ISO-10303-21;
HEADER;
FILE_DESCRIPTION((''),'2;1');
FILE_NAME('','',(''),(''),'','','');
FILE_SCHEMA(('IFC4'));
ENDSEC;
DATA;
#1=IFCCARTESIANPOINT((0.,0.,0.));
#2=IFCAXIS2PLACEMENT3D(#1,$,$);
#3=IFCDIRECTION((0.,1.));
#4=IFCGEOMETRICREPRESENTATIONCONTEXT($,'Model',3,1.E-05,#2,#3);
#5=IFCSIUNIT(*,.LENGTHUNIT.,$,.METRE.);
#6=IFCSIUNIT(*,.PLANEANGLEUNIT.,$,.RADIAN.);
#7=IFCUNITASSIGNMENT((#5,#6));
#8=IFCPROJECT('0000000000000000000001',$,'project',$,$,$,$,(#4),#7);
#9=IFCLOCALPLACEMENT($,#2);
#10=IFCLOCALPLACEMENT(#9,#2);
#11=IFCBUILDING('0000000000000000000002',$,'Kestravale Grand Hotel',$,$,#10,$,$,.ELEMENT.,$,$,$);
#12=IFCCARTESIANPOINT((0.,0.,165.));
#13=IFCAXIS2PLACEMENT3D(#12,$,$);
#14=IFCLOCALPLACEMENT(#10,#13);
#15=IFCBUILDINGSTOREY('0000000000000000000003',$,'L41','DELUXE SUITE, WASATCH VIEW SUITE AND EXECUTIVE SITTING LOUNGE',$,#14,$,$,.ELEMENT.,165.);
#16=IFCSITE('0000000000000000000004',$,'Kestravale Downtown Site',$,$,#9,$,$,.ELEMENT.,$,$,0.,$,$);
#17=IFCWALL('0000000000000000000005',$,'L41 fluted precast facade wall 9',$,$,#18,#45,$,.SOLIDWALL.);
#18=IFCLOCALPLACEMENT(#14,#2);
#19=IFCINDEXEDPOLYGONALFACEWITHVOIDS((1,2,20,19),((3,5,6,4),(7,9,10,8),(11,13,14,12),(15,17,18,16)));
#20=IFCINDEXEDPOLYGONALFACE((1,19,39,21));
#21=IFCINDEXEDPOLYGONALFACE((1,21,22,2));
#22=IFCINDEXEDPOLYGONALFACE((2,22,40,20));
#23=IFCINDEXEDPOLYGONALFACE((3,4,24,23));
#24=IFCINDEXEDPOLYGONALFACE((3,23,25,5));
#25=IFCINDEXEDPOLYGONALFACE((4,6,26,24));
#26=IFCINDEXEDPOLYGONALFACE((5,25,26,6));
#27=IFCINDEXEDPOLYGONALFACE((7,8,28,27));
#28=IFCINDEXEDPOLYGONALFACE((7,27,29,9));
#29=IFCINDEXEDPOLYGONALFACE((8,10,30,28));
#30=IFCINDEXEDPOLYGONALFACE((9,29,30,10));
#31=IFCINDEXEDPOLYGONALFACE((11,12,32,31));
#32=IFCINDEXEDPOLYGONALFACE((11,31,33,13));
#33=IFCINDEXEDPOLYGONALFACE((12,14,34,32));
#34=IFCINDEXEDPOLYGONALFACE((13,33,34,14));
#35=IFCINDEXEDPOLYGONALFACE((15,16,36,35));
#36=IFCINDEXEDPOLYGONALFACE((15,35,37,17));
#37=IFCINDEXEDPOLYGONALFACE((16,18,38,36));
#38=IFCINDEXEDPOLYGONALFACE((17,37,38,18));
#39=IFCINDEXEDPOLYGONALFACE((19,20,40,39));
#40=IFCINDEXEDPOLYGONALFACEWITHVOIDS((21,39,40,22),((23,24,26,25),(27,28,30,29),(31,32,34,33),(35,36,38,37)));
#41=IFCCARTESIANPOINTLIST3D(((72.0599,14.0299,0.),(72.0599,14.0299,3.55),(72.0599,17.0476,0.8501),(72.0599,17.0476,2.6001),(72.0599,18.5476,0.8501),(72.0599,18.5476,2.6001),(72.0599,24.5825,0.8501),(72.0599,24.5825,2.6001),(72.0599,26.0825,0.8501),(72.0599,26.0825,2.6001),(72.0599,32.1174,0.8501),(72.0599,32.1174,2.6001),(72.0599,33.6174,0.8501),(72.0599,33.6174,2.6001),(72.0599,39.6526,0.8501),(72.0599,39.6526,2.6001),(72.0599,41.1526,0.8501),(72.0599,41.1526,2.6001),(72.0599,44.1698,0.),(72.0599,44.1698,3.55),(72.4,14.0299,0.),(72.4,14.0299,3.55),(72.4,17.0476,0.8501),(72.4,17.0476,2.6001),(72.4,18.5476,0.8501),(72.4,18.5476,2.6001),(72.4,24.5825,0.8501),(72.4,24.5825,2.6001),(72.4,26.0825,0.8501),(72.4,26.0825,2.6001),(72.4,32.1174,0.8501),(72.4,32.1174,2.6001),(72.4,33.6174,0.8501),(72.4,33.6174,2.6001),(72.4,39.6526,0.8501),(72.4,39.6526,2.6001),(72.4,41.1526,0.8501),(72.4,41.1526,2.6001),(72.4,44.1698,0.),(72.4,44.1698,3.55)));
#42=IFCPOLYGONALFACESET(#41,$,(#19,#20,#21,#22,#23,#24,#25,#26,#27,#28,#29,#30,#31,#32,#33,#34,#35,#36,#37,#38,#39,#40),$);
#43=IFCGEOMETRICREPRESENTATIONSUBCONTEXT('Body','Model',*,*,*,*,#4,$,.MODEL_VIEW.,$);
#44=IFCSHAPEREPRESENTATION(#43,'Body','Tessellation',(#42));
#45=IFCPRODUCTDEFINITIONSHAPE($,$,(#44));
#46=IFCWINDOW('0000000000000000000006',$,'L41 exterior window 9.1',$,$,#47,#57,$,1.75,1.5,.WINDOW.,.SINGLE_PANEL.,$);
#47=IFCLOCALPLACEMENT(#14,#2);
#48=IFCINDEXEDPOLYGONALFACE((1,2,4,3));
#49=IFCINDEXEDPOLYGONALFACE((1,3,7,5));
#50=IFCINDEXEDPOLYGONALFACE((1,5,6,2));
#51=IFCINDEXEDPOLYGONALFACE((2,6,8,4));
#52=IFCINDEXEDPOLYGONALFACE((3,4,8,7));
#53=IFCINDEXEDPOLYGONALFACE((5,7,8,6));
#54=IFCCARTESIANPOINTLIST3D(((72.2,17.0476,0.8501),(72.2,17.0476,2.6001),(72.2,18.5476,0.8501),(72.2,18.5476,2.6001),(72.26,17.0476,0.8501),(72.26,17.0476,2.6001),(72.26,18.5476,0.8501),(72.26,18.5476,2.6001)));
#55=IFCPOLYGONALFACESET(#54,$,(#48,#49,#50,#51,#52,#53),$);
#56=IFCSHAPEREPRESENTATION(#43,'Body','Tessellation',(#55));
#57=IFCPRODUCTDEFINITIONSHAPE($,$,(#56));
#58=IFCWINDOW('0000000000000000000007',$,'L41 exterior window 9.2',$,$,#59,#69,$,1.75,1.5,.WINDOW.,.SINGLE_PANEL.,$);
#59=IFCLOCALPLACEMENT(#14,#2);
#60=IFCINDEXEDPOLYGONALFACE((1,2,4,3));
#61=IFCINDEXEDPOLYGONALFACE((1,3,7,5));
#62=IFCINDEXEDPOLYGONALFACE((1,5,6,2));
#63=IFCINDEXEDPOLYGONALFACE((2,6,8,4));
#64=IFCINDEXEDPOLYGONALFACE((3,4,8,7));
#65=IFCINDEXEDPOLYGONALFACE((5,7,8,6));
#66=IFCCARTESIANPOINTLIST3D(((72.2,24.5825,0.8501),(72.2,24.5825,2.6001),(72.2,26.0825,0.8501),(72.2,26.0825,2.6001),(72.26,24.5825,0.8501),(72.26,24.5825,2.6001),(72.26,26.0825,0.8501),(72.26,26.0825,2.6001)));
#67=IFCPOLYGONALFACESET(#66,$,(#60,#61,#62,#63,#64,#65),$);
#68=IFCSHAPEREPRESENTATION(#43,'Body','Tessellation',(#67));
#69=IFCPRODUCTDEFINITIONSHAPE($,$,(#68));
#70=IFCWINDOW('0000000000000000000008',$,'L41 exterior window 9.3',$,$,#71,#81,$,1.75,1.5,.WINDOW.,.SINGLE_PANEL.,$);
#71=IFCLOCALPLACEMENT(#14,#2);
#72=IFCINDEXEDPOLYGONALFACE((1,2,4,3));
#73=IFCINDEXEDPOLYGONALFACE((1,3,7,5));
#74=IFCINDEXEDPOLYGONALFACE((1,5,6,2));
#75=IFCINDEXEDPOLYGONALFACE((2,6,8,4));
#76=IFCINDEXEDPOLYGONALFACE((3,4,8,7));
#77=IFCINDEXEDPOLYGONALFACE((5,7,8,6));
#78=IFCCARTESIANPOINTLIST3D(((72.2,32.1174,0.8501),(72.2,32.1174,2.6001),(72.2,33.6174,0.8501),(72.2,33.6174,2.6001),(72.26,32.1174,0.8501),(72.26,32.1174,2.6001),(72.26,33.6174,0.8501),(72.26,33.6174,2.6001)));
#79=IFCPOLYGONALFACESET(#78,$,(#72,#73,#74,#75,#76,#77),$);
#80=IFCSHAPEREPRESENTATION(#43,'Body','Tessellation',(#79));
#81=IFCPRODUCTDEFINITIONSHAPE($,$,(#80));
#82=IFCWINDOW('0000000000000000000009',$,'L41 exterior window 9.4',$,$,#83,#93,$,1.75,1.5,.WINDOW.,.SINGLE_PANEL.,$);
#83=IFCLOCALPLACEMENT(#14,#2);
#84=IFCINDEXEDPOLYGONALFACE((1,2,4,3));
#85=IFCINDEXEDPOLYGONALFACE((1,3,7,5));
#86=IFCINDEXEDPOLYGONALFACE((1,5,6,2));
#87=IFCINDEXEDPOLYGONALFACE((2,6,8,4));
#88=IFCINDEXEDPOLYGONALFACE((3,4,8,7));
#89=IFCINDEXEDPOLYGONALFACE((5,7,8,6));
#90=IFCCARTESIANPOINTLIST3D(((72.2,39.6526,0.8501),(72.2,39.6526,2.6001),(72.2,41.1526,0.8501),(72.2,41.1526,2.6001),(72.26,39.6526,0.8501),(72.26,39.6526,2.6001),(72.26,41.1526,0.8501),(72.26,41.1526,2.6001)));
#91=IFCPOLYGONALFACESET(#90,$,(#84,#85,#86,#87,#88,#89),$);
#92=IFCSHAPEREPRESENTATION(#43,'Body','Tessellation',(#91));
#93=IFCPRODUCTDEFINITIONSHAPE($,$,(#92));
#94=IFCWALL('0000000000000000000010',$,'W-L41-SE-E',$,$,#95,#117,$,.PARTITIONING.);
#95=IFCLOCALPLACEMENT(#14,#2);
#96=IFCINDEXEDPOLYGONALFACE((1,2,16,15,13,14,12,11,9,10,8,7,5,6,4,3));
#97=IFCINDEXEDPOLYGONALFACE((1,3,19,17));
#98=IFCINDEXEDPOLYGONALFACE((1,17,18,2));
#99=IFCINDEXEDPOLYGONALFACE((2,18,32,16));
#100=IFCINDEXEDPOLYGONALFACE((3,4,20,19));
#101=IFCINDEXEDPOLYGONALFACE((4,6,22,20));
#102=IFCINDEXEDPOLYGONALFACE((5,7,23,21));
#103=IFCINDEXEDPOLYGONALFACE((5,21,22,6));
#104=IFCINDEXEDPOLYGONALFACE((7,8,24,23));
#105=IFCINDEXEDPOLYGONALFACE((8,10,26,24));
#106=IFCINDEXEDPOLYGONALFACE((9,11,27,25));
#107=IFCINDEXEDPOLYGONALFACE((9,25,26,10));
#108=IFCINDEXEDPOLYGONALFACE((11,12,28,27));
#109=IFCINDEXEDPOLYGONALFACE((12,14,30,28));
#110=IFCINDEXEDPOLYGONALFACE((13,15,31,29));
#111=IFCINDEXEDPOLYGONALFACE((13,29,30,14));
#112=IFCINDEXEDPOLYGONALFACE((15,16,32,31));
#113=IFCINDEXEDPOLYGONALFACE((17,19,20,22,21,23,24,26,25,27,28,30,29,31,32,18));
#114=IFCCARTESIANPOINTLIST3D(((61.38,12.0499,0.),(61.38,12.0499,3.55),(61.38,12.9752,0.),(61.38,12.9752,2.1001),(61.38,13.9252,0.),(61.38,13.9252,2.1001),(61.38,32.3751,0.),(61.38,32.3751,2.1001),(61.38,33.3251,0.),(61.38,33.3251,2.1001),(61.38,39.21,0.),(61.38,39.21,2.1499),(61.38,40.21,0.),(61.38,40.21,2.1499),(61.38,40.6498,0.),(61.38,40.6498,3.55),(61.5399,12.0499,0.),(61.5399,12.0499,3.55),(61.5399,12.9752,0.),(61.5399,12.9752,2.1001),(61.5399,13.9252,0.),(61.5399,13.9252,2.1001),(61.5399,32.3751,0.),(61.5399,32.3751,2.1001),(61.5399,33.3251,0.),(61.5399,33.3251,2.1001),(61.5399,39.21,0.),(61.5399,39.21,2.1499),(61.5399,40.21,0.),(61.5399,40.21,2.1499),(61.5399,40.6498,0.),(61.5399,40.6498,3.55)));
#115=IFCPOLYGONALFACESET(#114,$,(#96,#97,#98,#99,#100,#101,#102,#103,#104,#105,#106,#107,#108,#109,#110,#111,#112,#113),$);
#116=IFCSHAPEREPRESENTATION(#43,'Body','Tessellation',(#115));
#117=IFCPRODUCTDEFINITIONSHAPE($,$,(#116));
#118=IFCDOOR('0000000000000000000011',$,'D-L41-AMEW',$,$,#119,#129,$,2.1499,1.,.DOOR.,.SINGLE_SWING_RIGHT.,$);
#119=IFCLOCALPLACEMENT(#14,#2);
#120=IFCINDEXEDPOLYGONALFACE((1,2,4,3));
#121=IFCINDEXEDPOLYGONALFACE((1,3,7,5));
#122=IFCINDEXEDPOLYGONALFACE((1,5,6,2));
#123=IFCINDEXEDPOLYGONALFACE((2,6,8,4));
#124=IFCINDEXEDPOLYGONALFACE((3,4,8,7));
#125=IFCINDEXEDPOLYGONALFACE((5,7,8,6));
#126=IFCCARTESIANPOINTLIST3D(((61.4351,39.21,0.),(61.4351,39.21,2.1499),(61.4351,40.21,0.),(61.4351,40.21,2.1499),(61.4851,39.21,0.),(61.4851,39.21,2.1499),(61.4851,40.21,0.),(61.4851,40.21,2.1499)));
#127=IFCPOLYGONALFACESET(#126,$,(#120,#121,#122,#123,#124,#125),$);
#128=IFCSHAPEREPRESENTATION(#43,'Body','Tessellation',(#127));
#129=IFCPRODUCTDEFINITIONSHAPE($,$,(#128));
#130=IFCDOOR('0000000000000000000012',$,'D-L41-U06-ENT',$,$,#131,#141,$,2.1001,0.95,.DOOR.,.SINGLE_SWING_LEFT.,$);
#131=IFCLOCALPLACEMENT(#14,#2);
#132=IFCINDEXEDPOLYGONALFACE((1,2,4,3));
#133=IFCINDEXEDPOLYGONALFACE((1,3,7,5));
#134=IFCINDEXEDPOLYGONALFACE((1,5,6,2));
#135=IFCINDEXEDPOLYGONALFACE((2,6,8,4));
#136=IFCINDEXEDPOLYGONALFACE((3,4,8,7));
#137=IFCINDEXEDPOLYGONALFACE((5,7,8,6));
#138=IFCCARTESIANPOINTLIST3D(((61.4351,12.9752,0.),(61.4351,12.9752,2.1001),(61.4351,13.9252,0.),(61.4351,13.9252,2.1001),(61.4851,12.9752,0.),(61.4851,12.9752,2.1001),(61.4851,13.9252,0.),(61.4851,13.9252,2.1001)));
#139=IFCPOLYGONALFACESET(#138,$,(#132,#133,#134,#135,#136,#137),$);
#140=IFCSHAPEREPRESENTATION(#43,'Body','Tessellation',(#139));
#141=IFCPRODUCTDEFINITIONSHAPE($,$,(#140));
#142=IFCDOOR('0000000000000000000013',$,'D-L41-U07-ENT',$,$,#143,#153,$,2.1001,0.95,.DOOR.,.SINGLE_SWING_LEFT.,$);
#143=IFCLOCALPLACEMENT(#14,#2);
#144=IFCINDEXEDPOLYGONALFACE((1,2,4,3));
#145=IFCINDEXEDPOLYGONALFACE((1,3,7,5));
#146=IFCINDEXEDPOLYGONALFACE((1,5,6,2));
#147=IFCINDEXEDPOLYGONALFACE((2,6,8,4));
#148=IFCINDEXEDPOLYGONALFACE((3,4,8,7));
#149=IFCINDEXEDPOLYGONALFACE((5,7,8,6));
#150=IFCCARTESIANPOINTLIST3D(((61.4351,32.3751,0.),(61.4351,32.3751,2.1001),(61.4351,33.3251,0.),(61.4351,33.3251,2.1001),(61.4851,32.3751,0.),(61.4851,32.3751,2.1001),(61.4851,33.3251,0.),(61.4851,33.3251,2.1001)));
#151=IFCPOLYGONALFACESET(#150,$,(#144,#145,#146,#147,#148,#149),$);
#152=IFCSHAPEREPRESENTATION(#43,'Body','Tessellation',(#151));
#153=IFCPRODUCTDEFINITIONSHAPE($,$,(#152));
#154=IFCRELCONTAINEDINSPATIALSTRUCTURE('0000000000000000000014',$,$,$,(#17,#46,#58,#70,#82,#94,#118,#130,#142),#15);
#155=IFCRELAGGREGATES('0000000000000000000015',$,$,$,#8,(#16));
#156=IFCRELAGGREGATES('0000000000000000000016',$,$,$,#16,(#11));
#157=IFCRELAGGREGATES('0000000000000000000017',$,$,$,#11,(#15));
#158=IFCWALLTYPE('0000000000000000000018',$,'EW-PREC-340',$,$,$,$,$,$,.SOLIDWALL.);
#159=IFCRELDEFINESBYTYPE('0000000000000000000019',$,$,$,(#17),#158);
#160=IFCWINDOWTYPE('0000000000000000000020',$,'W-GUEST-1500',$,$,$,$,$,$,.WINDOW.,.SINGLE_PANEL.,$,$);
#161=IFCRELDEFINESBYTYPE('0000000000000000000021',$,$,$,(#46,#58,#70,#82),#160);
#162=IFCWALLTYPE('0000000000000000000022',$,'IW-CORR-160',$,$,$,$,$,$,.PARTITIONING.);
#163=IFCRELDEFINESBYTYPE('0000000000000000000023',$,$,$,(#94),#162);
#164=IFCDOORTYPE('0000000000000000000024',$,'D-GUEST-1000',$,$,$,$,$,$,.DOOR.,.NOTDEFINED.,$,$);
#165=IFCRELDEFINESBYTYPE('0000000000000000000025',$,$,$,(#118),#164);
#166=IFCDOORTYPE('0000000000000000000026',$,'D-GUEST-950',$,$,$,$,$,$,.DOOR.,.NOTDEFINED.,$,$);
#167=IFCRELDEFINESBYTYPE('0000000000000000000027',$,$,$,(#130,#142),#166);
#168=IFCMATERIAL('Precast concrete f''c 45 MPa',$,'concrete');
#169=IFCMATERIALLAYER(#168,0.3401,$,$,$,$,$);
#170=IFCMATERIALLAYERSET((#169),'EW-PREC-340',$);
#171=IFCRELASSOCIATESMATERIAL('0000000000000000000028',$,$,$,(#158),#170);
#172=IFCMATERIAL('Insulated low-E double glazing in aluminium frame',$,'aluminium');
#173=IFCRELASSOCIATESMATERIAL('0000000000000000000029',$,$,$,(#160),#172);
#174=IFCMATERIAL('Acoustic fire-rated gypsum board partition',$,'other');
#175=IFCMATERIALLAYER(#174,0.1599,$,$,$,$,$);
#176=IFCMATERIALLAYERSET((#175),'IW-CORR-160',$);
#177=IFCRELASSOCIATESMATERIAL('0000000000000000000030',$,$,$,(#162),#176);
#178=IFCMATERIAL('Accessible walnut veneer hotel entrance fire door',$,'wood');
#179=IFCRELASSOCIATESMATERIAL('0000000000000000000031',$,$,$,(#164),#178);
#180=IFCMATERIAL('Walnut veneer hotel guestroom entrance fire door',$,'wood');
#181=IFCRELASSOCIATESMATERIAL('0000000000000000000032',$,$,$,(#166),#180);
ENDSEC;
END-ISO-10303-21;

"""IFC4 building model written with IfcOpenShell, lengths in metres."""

from ifc_helpers import new_model, si_unit, direction, frame, frame_2d, origin, place, context, subcontext, project, spatial, rectangle, extrude, material, layer, layer_set, type_object, element, fill, save


model = new_model("IFC4")

# Units and contexts
model_context = context("Model", 3, precision=1e-05, world=origin(), true_north=direction((0.0, 1.0)))
body_context = subcontext(model_context, "Body", "Model", "MODEL_VIEW")
ifc_project = project(units=[si_unit("LENGTHUNIT", "METRE"), si_unit("PLANEANGLEUNIT", "RADIAN")], contexts=[model_context])

# Site, building, storey
site_placement = place(None, origin())
site = spatial("IfcSite", under=ifc_project, at=site_placement, Name="Kestravale Downtown Site", CompositionType="ELEMENT", RefElevation=0.0)
building_placement = place(site_placement, origin())
building = spatial("IfcBuilding", under=site, at=building_placement, Name="Kestravale Grand Hotel", CompositionType="ELEMENT")
storey_placement = place(building_placement, frame((0.0, 0.0, 165.0)))
storey = spatial("IfcBuildingStorey", under=building, at=storey_placement, Name="L41", Description="DELUXE SUITE, WASATCH VIEW SUITE AND EXECUTIVE SITTING LOUNGE", CompositionType="ELEMENT", Elevation=165.0)

# Shared definitions
ifc_material_1 = material(Name="Precast concrete f'c 45 MPa", Category="concrete")
ifc_layer_1 = layer(ifc_material_1, 0.3401)
ifc_layer_set_1 = layer_set([ifc_layer_1], Name="EW-PREC-340")
wall_type_1 = type_object("IfcWallType", Name="EW-PREC-340", PredefinedType="SOLIDWALL", material=ifc_layer_set_1)
ifc_material_2 = material(Name="Insulated low-E double glazing in aluminium frame", Category="aluminium")
window_type = type_object("IfcWindowType", Name="W-GUEST-1500", PartitioningType="SINGLE_PANEL", PredefinedType="WINDOW", material=ifc_material_2)

# Wall, openings, windows
wall_1_placement = place(storey_placement, frame((72.23, 14.03, 0.0), z_axis=(0.0, 0.0, 1.0), x_axis=(0.0, 1.0, 0.0)))
wall_1 = element("IfcWall", 1, at=wall_1_placement, inside=storey, type_object=wall_type_1, Name="L41 fluted precast facade wall 9", PredefinedType="SOLIDWALL", context=body_context, shape_type="SweptSolid", body=[
    extrude(rectangle(XDim=30.1399, YDim=0.3401, at=frame_2d((15.0698, 0.0))), origin(), (0.0, 0.0, 1.0), 3.55),
])
opening_1_placement = place(wall_1_placement, frame((3.0176, 0.0, 0.8501)))
opening_1 = element("IfcOpeningElement", 2, at=opening_1_placement, cuts=wall_1, PredefinedType="OPENING", context=body_context, shape_type="SweptSolid", body=[
    extrude(rectangle(XDim=1.5, YDim=1.75, at=frame_2d((0.75, 0.875))), frame((0.0, 0.1799, 0.0), z_axis=(0.0, -1.0, 0.0), x_axis=(1.0, 0.0, 0.0)), (0.0, 0.0, 1.0), 0.3601),
])
opening_2_placement = place(wall_1_placement, frame((10.5525, 0.0, 0.8501)))
opening_2 = element("IfcOpeningElement", 3, at=opening_2_placement, cuts=wall_1, PredefinedType="OPENING", context=body_context, shape_type="SweptSolid", body=[
    extrude(rectangle(XDim=1.5, YDim=1.75, at=frame_2d((0.75, 0.875))), frame((0.0, 0.1799, 0.0), z_axis=(0.0, -1.0, 0.0), x_axis=(1.0, 0.0, 0.0)), (0.0, 0.0, 1.0), 0.3601),
])
opening_3_placement = place(wall_1_placement, frame((18.0874, 0.0, 0.8501)))
opening_3 = element("IfcOpeningElement", 4, at=opening_3_placement, cuts=wall_1, PredefinedType="OPENING", context=body_context, shape_type="SweptSolid", body=[
    extrude(rectangle(XDim=1.5, YDim=1.75, at=frame_2d((0.75, 0.875))), frame((0.0, 0.1799, 0.0), z_axis=(0.0, -1.0, 0.0), x_axis=(1.0, 0.0, 0.0)), (0.0, 0.0, 1.0), 0.3601),
])
opening_4_placement = place(wall_1_placement, frame((25.6226, 0.0, 0.8501)))
opening_4 = element("IfcOpeningElement", 5, at=opening_4_placement, cuts=wall_1, PredefinedType="OPENING", context=body_context, shape_type="SweptSolid", body=[
    extrude(rectangle(XDim=1.5, YDim=1.75, at=frame_2d((0.75, 0.875))), frame((0.0, 0.1799, 0.0), z_axis=(0.0, -1.0, 0.0), x_axis=(1.0, 0.0, 0.0)), (0.0, 0.0, 1.0), 0.3601),
])
window_1_placement = place(opening_1_placement, origin())
window_1 = element("IfcWindow", 6, at=window_1_placement, inside=storey, type_object=window_type, Name="L41 exterior window 9.1", OverallHeight=1.75, OverallWidth=1.5, PartitioningType="SINGLE_PANEL", PredefinedType="WINDOW", context=body_context, shape_type="SweptSolid", body=[
    extrude(rectangle(XDim=1.5, YDim=1.75, at=frame_2d((0.75, 0.875))), frame((0.0, 0.03, 0.0), z_axis=(0.0, -1.0, 0.0), x_axis=(1.0, 0.0, 0.0)), (0.0, 0.0, 1.0), 0.0601),
])
fill(opening_1, window_1)
window_2_placement = place(opening_2_placement, origin())
window_2 = element("IfcWindow", 7, at=window_2_placement, inside=storey, type_object=window_type, Name="L41 exterior window 9.2", OverallHeight=1.75, OverallWidth=1.5, PartitioningType="SINGLE_PANEL", PredefinedType="WINDOW", context=body_context, shape_type="SweptSolid", body=[
    extrude(rectangle(XDim=1.5, YDim=1.75, at=frame_2d((0.75, 0.875))), frame((0.0, 0.03, 0.0), z_axis=(0.0, -1.0, 0.0), x_axis=(1.0, 0.0, 0.0)), (0.0, 0.0, 1.0), 0.0601),
])
fill(opening_2, window_2)
window_3_placement = place(opening_3_placement, origin())
window_3 = element("IfcWindow", 8, at=window_3_placement, inside=storey, type_object=window_type, Name="L41 exterior window 9.3", OverallHeight=1.75, OverallWidth=1.5, PartitioningType="SINGLE_PANEL", PredefinedType="WINDOW", context=body_context, shape_type="SweptSolid", body=[
    extrude(rectangle(XDim=1.5, YDim=1.75, at=frame_2d((0.75, 0.875))), frame((0.0, 0.03, 0.0), z_axis=(0.0, -1.0, 0.0), x_axis=(1.0, 0.0, 0.0)), (0.0, 0.0, 1.0), 0.0601),
])
fill(opening_3, window_3)
window_4_placement = place(opening_4_placement, origin())
window_4 = element("IfcWindow", 9, at=window_4_placement, inside=storey, type_object=window_type, Name="L41 exterior window 9.4", OverallHeight=1.75, OverallWidth=1.5, PartitioningType="SINGLE_PANEL", PredefinedType="WINDOW", context=body_context, shape_type="SweptSolid", body=[
    extrude(rectangle(XDim=1.5, YDim=1.75, at=frame_2d((0.75, 0.875))), frame((0.0, 0.03, 0.0), z_axis=(0.0, -1.0, 0.0), x_axis=(1.0, 0.0, 0.0)), (0.0, 0.0, 1.0), 0.0601),
])
fill(opening_4, window_4)

# Wall, openings, doors
ifc_material_3 = material(Name="Acoustic fire-rated gypsum board partition", Category="other")
ifc_layer_2 = layer(ifc_material_3, 0.1599)
ifc_layer_set_2 = layer_set([ifc_layer_2], Name="IW-CORR-160")
wall_type_2 = type_object("IfcWallType", Name="IW-CORR-160", PredefinedType="PARTITIONING", material=ifc_layer_set_2)
wall_2_placement = place(storey_placement, frame((61.46, 12.05, 0.0), z_axis=(0.0, 0.0, 1.0), x_axis=(0.0, 1.0, 0.0)))
wall_2 = element("IfcWall", 10, at=wall_2_placement, inside=storey, type_object=wall_type_2, Name="W-L41-SE-E", PredefinedType="PARTITIONING", context=body_context, shape_type="SweptSolid", body=[
    extrude(rectangle(XDim=28.5999, YDim=0.1599, at=frame_2d((14.2998, 0.0))), origin(), (0.0, 0.0, 1.0), 3.55),
])
opening_5_placement = place(wall_2_placement, frame((0.925, 0.0, 0.0)))
opening_5 = element("IfcOpeningElement", 11, at=opening_5_placement, cuts=wall_2, PredefinedType="OPENING", context=body_context, shape_type="SweptSolid", body=[
    extrude(rectangle(XDim=0.95, YDim=2.1001, at=frame_2d((0.4751, 1.05))), frame((0.0, 0.0898, 0.0), z_axis=(0.0, -1.0, 0.0), x_axis=(1.0, 0.0, 0.0)), (0.0, 0.0, 1.0), 0.1799),
])
opening_6_placement = place(wall_2_placement, frame((20.325, 0.0, 0.0)))
opening_6 = element("IfcOpeningElement", 12, at=opening_6_placement, cuts=wall_2, PredefinedType="OPENING", context=body_context, shape_type="SweptSolid", body=[
    extrude(rectangle(XDim=0.95, YDim=2.1001, at=frame_2d((0.4751, 1.05))), frame((0.0, 0.0898, 0.0), z_axis=(0.0, -1.0, 0.0), x_axis=(1.0, 0.0, 0.0)), (0.0, 0.0, 1.0), 0.1799),
])
opening_7_placement = place(wall_2_placement, frame((27.1599, 0.0, 0.0)))
opening_7 = element("IfcOpeningElement", 13, at=opening_7_placement, cuts=wall_2, PredefinedType="OPENING", context=body_context, shape_type="SweptSolid", body=[
    extrude(rectangle(XDim=1.0, YDim=2.1499, at=frame_2d((0.5, 1.075))), frame((0.0, 0.0898, 0.0), z_axis=(0.0, -1.0, 0.0), x_axis=(1.0, 0.0, 0.0)), (0.0, 0.0, 1.0), 0.1799),
])
ifc_material_4 = material(Name="Accessible walnut veneer hotel entrance fire door", Category="wood")
door_type_1 = type_object("IfcDoorType", Name="D-GUEST-1000", OperationType="NOTDEFINED", PredefinedType="DOOR", material=ifc_material_4)
door_1_placement = place(opening_7_placement, origin())
door_1 = element("IfcDoor", 14, at=door_1_placement, inside=storey, type_object=door_type_1, Name="D-L41-AMEW", OperationType="SINGLE_SWING_RIGHT", OverallHeight=2.1499, OverallWidth=1.0, PredefinedType="DOOR", context=body_context, shape_type="SweptSolid", body=[
    extrude(rectangle(XDim=1.0, YDim=2.1499, at=frame_2d((0.5, 1.075))), frame((0.0, 0.0249, 0.0), z_axis=(0.0, -1.0, 0.0), x_axis=(1.0, 0.0, 0.0)), (0.0, 0.0, 1.0), 0.05),
])
fill(opening_7, door_1)
ifc_material_5 = material(Name="Walnut veneer hotel guestroom entrance fire door", Category="wood")
door_type_2 = type_object("IfcDoorType", Name="D-GUEST-950", OperationType="NOTDEFINED", PredefinedType="DOOR", material=ifc_material_5)
door_2_placement = place(opening_5_placement, origin())
door_2 = element("IfcDoor", 15, at=door_2_placement, inside=storey, type_object=door_type_2, Name="D-L41-U06-ENT", OperationType="SINGLE_SWING_LEFT", OverallHeight=2.1001, OverallWidth=0.95, PredefinedType="DOOR", context=body_context, shape_type="SweptSolid", body=[
    extrude(rectangle(XDim=0.95, YDim=2.1001, at=frame_2d((0.4751, 1.05))), frame((0.0, 0.0249, 0.0), z_axis=(0.0, -1.0, 0.0), x_axis=(1.0, 0.0, 0.0)), (0.0, 0.0, 1.0), 0.05),
])
fill(opening_5, door_2)
door_3_placement = place(opening_6_placement, origin())
door_3 = element("IfcDoor", 16, at=door_3_placement, inside=storey, type_object=door_type_2, Name="D-L41-U07-ENT", OperationType="SINGLE_SWING_LEFT", OverallHeight=2.1001, OverallWidth=0.95, PredefinedType="DOOR", context=body_context, shape_type="SweptSolid", body=[
    extrude(rectangle(XDim=0.95, YDim=2.1001, at=frame_2d((0.4751, 1.05))), frame((0.0, 0.0249, 0.0), z_axis=(0.0, -1.0, 0.0), x_axis=(1.0, 0.0, 0.0)), (0.0, 0.0, 1.0), 0.05),
])
fill(opening_6, door_3)

save(model, "model.ifc")
